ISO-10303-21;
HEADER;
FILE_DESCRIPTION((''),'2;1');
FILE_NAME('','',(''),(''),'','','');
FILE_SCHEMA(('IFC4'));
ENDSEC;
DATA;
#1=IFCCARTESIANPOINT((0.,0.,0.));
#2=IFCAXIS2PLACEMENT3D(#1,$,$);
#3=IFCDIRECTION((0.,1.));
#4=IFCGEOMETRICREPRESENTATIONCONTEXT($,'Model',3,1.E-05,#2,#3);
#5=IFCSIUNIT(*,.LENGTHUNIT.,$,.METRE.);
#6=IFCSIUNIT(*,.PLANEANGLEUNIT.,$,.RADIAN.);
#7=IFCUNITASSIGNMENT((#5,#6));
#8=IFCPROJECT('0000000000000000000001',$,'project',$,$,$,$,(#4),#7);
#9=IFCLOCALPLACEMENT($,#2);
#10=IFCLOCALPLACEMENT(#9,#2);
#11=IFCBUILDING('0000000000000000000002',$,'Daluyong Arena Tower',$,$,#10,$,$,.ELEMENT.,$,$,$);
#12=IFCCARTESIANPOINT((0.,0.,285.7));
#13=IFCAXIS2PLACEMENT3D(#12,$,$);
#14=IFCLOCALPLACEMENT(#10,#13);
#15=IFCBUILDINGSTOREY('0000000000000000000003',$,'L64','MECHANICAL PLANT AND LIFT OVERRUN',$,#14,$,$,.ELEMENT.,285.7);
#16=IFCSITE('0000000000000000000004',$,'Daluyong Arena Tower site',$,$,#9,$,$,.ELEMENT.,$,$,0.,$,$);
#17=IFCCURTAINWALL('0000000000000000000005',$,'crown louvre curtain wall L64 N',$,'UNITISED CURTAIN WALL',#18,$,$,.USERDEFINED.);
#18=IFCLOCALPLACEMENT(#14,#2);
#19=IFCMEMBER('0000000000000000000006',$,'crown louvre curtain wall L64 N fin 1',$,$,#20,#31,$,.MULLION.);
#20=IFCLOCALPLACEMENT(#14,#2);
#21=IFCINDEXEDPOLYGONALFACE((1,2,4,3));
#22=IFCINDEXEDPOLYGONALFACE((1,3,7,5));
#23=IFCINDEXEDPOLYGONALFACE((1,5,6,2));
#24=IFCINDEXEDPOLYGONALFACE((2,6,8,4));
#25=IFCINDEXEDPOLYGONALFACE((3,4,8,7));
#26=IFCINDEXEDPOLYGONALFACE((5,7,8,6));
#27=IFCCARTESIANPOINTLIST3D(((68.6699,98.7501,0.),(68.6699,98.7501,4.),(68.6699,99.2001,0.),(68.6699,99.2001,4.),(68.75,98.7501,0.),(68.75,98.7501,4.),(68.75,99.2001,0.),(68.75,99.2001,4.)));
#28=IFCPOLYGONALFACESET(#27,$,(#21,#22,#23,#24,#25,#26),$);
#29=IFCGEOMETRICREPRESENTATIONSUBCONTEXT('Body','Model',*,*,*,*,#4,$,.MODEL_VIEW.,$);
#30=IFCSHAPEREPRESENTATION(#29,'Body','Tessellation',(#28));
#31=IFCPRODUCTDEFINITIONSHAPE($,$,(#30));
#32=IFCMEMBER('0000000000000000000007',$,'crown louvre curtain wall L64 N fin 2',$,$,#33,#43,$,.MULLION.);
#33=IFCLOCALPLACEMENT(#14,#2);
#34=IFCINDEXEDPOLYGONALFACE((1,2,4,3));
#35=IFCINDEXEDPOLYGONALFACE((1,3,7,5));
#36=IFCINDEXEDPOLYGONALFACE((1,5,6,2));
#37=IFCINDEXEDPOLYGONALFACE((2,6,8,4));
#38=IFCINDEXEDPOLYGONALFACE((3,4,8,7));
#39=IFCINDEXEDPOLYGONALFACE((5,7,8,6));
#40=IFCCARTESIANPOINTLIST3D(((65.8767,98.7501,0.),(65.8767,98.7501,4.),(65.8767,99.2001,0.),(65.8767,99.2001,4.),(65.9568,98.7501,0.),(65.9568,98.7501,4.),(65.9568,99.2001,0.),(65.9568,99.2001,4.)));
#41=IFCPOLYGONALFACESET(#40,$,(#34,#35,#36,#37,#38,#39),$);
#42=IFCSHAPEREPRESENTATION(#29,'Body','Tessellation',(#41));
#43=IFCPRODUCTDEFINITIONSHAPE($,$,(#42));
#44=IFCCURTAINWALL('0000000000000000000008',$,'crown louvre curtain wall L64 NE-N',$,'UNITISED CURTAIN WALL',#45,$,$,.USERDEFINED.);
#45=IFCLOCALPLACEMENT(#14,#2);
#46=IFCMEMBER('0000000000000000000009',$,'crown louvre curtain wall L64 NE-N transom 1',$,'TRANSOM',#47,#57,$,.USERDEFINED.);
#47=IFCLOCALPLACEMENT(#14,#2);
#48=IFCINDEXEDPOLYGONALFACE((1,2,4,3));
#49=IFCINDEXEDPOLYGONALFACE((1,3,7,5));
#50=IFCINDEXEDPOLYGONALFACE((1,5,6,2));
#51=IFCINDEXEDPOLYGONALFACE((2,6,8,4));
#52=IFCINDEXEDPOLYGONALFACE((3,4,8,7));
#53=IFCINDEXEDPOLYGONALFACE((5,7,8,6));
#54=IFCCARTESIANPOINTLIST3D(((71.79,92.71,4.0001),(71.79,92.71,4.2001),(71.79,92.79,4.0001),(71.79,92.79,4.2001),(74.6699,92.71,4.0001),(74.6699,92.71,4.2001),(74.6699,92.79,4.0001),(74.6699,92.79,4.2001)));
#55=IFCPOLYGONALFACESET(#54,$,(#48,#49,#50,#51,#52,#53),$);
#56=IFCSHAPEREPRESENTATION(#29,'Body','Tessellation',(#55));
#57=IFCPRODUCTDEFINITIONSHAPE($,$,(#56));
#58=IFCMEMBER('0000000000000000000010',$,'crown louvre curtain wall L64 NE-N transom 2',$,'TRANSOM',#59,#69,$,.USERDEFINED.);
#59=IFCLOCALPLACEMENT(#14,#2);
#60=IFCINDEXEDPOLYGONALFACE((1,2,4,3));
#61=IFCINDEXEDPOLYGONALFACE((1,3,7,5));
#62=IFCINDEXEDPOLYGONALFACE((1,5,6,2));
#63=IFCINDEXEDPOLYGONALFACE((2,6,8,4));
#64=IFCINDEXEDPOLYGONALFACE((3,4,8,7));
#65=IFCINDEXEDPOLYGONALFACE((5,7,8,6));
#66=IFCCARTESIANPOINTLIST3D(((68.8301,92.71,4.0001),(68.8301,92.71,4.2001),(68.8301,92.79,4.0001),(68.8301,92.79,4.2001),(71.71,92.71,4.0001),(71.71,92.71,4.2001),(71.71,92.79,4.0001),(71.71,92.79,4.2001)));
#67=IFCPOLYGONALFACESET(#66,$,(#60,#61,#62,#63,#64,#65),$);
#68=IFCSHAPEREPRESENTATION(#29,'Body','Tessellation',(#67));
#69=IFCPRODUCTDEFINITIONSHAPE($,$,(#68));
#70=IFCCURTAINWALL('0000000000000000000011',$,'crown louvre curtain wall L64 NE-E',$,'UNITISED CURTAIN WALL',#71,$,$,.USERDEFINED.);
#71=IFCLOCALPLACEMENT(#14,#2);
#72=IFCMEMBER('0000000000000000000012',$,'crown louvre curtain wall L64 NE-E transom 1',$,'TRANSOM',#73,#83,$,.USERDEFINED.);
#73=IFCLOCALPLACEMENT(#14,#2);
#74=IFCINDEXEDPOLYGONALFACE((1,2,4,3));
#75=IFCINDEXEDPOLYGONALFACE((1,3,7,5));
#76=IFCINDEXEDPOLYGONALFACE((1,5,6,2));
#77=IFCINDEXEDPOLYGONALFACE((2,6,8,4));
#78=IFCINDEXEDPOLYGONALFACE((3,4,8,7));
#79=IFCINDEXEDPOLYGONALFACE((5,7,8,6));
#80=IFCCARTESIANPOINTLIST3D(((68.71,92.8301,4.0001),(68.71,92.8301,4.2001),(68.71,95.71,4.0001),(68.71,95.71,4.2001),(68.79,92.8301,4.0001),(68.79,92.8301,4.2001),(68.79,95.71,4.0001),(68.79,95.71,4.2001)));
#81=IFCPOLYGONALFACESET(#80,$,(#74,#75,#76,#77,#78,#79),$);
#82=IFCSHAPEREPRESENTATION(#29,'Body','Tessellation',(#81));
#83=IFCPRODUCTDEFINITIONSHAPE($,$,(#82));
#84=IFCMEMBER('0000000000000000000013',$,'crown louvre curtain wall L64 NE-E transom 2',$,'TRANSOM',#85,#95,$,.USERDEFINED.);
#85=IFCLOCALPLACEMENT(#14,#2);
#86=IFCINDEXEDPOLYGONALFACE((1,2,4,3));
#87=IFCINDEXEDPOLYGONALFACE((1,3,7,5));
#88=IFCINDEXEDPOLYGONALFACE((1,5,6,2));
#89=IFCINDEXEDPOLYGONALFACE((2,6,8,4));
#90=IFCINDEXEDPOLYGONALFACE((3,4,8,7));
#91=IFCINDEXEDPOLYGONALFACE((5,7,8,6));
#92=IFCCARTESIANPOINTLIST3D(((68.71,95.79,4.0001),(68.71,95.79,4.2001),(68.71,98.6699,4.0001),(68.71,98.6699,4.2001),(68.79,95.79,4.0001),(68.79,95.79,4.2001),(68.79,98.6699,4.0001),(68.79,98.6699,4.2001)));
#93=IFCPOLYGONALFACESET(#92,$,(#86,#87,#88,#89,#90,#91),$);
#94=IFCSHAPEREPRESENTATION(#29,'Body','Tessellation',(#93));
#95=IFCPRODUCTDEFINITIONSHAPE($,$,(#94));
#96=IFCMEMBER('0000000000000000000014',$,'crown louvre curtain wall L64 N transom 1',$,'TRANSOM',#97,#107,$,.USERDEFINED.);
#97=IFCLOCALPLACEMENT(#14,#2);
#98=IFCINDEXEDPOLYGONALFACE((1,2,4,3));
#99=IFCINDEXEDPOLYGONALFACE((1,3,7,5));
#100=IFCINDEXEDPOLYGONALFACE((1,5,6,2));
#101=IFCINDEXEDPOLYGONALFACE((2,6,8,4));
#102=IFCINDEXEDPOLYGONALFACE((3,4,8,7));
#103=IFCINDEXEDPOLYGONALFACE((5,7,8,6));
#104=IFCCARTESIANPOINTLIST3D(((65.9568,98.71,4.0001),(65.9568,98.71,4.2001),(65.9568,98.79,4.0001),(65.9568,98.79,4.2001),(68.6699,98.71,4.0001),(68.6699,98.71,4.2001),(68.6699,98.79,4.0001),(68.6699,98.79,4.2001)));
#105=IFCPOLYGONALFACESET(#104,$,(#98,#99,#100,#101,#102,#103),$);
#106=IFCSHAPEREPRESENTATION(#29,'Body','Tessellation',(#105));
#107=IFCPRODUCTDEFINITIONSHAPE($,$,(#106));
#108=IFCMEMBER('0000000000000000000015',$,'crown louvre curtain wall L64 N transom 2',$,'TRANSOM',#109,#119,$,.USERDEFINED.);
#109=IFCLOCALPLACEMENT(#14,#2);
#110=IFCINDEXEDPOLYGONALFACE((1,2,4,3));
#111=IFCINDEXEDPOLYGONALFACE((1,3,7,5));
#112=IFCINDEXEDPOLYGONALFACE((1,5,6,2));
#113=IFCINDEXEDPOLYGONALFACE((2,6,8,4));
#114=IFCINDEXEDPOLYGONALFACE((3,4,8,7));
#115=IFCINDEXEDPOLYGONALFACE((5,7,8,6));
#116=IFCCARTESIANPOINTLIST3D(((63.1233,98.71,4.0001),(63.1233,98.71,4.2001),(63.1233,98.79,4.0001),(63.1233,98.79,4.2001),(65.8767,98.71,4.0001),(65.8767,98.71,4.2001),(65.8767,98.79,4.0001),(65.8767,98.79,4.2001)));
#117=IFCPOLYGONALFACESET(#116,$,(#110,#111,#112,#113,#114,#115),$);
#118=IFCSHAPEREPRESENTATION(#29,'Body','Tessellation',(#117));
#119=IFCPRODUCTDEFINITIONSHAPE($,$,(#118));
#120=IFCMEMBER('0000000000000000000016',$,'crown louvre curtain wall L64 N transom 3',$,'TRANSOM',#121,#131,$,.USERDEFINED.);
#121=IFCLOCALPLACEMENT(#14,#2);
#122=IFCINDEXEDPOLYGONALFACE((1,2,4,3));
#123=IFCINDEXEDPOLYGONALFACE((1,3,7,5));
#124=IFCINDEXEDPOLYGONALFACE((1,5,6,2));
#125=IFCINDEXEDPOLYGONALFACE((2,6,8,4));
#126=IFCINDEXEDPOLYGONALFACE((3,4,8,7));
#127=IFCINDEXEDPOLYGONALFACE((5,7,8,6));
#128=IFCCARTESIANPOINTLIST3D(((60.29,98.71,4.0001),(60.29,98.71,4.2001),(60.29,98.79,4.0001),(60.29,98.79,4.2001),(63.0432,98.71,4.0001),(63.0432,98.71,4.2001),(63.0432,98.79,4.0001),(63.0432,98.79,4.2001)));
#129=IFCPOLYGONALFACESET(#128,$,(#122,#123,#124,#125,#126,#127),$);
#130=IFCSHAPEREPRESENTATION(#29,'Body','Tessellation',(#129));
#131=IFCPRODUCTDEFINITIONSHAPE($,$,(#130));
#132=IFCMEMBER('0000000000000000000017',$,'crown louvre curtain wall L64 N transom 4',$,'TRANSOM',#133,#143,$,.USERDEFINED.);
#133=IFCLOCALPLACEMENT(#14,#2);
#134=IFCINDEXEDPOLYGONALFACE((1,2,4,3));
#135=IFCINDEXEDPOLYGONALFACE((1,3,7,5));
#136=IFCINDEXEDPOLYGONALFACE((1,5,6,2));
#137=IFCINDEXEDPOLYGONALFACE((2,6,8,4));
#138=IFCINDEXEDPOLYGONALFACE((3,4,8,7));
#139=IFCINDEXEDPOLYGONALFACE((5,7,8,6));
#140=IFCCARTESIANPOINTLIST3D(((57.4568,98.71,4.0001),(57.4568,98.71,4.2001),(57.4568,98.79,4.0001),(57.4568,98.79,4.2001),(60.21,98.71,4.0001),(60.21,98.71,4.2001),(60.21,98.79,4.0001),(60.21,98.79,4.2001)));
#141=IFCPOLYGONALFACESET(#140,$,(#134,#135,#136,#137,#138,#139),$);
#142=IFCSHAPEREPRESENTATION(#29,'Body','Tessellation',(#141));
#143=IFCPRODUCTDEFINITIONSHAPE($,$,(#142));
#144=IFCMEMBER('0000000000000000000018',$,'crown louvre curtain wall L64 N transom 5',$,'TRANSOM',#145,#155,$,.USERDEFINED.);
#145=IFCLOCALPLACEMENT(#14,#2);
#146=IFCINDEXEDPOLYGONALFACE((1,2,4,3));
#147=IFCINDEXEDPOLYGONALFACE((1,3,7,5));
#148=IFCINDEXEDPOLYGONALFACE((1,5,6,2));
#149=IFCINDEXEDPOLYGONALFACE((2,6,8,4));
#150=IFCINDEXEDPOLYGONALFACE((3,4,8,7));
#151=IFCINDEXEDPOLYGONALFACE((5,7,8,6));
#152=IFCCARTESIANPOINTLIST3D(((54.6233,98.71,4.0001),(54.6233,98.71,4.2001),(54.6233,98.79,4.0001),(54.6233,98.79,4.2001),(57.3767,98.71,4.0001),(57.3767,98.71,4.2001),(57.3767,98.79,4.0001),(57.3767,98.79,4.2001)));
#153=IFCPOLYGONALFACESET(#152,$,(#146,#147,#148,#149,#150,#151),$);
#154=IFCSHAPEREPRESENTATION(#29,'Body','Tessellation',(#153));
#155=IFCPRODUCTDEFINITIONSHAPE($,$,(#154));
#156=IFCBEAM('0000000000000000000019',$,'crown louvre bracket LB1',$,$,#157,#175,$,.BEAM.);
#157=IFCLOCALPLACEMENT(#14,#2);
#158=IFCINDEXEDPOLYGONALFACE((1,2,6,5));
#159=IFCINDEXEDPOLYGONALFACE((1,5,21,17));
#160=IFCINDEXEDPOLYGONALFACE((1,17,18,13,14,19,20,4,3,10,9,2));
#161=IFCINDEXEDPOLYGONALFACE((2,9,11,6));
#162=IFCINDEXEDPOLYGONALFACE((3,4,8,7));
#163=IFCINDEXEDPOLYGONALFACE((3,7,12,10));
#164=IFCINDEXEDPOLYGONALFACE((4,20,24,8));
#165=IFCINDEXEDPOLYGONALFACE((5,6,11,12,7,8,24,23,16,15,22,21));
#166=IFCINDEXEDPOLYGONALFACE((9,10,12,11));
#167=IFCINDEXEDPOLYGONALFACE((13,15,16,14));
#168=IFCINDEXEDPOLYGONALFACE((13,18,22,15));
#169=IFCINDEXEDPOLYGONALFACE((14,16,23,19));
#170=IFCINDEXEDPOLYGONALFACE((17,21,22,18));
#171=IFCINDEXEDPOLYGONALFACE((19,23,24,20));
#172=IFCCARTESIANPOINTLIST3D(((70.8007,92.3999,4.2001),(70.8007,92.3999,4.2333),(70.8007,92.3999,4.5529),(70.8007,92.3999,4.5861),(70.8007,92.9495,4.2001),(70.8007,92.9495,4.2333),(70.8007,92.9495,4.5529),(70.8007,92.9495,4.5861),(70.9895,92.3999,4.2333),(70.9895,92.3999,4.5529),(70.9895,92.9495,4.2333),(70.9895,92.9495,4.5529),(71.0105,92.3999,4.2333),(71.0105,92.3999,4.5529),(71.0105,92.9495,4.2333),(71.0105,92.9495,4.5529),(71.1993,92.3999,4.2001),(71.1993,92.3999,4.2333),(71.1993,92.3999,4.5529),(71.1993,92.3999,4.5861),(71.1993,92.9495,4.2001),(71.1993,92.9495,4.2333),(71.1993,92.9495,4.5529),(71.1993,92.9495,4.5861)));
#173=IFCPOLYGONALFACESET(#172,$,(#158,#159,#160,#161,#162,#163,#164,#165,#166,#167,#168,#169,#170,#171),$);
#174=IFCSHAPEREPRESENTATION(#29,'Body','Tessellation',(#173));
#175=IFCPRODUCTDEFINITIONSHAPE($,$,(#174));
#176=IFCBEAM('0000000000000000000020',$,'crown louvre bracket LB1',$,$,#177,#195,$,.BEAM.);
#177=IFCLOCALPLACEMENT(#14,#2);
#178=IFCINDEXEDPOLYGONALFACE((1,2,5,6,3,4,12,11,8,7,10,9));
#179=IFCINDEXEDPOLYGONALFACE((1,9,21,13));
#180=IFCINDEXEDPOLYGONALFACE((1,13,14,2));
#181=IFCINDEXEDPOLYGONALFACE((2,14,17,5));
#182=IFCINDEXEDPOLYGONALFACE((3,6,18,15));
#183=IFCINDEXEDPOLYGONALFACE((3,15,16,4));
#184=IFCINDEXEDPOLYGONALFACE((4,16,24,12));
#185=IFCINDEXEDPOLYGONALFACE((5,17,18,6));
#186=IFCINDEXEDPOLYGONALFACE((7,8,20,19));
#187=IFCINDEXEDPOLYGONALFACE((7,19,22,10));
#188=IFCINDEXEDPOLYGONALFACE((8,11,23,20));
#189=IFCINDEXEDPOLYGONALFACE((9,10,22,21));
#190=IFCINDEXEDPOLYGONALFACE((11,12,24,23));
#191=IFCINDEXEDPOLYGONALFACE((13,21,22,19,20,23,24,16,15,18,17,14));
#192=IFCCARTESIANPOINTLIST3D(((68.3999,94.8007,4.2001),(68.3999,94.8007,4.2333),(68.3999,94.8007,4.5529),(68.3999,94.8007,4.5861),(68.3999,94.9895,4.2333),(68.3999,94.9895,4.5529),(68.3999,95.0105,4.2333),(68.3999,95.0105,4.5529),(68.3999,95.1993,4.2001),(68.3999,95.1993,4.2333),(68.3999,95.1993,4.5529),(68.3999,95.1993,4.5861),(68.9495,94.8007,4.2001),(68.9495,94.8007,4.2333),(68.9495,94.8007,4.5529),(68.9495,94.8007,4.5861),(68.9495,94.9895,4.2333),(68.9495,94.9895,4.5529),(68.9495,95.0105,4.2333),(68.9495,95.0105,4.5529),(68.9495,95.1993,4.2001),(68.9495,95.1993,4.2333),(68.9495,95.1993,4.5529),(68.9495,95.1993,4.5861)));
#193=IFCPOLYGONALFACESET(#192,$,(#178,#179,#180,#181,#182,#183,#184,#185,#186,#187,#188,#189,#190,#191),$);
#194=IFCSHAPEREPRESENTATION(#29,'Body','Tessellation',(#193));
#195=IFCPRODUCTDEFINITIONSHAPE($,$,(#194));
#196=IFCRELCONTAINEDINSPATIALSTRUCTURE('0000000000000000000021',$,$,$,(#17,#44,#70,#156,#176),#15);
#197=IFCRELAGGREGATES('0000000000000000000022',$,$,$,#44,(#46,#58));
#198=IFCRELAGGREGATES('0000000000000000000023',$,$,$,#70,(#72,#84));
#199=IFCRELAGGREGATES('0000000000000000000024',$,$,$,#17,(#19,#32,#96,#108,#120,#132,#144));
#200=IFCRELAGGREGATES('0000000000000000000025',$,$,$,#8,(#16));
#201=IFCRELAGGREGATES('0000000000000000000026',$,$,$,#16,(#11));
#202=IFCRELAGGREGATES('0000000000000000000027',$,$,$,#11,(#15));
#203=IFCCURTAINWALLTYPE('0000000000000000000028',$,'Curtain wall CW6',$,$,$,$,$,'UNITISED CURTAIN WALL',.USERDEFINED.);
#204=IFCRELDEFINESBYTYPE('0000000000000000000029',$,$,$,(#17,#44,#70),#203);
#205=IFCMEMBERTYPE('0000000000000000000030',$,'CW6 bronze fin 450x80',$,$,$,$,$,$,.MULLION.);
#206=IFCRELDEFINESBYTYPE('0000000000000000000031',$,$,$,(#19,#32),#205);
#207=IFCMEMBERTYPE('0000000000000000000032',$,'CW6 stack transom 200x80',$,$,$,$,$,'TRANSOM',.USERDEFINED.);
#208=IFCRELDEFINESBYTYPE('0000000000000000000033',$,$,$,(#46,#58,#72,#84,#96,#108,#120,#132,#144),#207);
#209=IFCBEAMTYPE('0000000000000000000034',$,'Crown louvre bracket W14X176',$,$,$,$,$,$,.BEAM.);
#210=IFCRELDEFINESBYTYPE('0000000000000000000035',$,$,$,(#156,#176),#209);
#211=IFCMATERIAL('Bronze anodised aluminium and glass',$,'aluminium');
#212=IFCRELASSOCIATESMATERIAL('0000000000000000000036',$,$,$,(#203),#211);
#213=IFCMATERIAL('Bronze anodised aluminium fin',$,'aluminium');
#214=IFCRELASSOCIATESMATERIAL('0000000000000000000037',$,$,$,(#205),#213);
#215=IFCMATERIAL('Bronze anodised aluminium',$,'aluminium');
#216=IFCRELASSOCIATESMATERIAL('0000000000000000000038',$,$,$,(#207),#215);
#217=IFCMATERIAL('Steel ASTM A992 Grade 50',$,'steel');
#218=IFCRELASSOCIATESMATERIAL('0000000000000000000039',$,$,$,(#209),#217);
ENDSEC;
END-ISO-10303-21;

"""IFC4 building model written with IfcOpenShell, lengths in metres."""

from ifc_helpers import new_model, si_unit, direction, frame, origin, origin_2d, place, context, subcontext, project, spatial, rectangle, i_section, extrude, material, material_profile, profile_set, type_object, element, aggregate, save


model = new_model("IFC4")

# Units and contexts
model_context = context("Model", 3, precision=1e-05, world=origin(), true_north=direction((0.0, 1.0)))
body_context = subcontext(model_context, "Body", "Model", "MODEL_VIEW")
ifc_project = project(units=[si_unit("LENGTHUNIT", "METRE"), si_unit("PLANEANGLEUNIT", "RADIAN")], contexts=[model_context])

# Site, building, storey
site_placement = place(None, origin())
site = spatial("IfcSite", under=ifc_project, at=site_placement, Name="Daluyong Arena Tower site", CompositionType="ELEMENT", RefElevation=0.0)
building_placement = place(site_placement, origin())
building = spatial("IfcBuilding", under=site, at=building_placement, Name="Daluyong Arena Tower", CompositionType="ELEMENT")
storey_placement = place(building_placement, frame((0.0, 0.0, 285.7)))
storey = spatial("IfcBuildingStorey", under=building, at=storey_placement, Name="L64", Description="MECHANICAL PLANT AND LIFT OVERRUN", CompositionType="ELEMENT", Elevation=285.7)

# Curtain walls, members
ifc_material_1 = material(Name="Bronze anodised aluminium and glass", Category="aluminium")
curtain_wall_type = type_object("IfcCurtainWallType", Name="Curtain wall CW6", ElementType="UNITISED CURTAIN WALL", PredefinedType="USERDEFINED", material=ifc_material_1)
curtain_wall_1_placement = place(storey_placement, origin())
curtain_wall_1 = element("IfcCurtainWall", 1, at=curtain_wall_1_placement, inside=storey, type_object=curtain_wall_type, Name="crown louvre curtain wall L64 N", ObjectType="UNITISED CURTAIN WALL", PredefinedType="USERDEFINED")
ifc_material_2 = material(Name="Bronze anodised aluminium fin", Category="aluminium")
ifc_material_profile_1 = material_profile(ifc_material_2, rectangle(XDim=0.45, YDim=0.0801, at=origin_2d()))
ifc_profile_set_1 = profile_set([ifc_material_profile_1], Name="Bronze anodised aluminium fin")
member_type_1 = type_object("IfcMemberType", Name="CW6 bronze fin 450x80", PredefinedType="MULLION", material=ifc_profile_set_1)
member_1_placement = place(storey_placement, frame((68.71, 98.9751, 0.0), z_axis=(0.0, 0.0, 1.0), x_axis=(0.0, -1.0, 0.0)))
member_1 = element("IfcMember", 2, at=member_1_placement, type_object=member_type_1, Name="crown louvre curtain wall L64 N fin 1", PredefinedType="MULLION", context=body_context, shape_type="SweptSolid", body=[
    extrude(rectangle(XDim=0.45, YDim=0.0801, at=origin_2d()), origin(), (0.0, 0.0, 1.0), 4.0),
])
member_2_placement = place(storey_placement, frame((65.9167, 98.9751, 0.0), z_axis=(0.0, 0.0, 1.0), x_axis=(0.0, -1.0, 0.0)))
member_2 = element("IfcMember", 3, at=member_2_placement, type_object=member_type_1, Name="crown louvre curtain wall L64 N fin 2", PredefinedType="MULLION", context=body_context, shape_type="SweptSolid", body=[
    extrude(rectangle(XDim=0.45, YDim=0.0801, at=origin_2d()), origin(), (0.0, 0.0, 1.0), 4.0),
])
curtain_wall_2_placement = place(storey_placement, origin())
curtain_wall_2 = element("IfcCurtainWall", 4, at=curtain_wall_2_placement, inside=storey, type_object=curtain_wall_type, Name="crown louvre curtain wall L64 NE-N", ObjectType="UNITISED CURTAIN WALL", PredefinedType="USERDEFINED")
ifc_material_3 = material(Name="Bronze anodised aluminium", Category="aluminium")
ifc_material_profile_2 = material_profile(ifc_material_3, rectangle(XDim=0.0801, YDim=0.2, at=origin_2d()))
ifc_profile_set_2 = profile_set([ifc_material_profile_2], Name="Bronze anodised aluminium")
member_type_2 = type_object("IfcMemberType", Name="CW6 stack transom 200x80", ElementType="TRANSOM", PredefinedType="USERDEFINED", material=ifc_profile_set_2)
member_3_placement = place(storey_placement, frame((74.6699, 92.75, 4.1001), z_axis=(-1.0, 0.0, 0.0), x_axis=(0.0, -1.0, 0.0)))
member_3 = element("IfcMember", 5, at=member_3_placement, type_object=member_type_2, Name="crown louvre curtain wall L64 NE-N transom 1", ObjectType="TRANSOM", PredefinedType="USERDEFINED", context=body_context, shape_type="SweptSolid", body=[
    extrude(rectangle(XDim=0.0801, YDim=0.2, at=origin_2d()), origin(), (0.0, 0.0, 1.0), 2.8799),
])
member_4_placement = place(storey_placement, frame((71.71, 92.75, 4.1001), z_axis=(-1.0, 0.0, 0.0), x_axis=(0.0, -1.0, 0.0)))
member_4 = element("IfcMember", 6, at=member_4_placement, type_object=member_type_2, Name="crown louvre curtain wall L64 NE-N transom 2", ObjectType="TRANSOM", PredefinedType="USERDEFINED", context=body_context, shape_type="SweptSolid", body=[
    extrude(rectangle(XDim=0.0801, YDim=0.2, at=origin_2d()), origin(), (0.0, 0.0, 1.0), 2.8799),
])
aggregate(curtain_wall_2, [member_3, member_4])
curtain_wall_3_placement = place(storey_placement, origin())
curtain_wall_3 = element("IfcCurtainWall", 7, at=curtain_wall_3_placement, inside=storey, type_object=curtain_wall_type, Name="crown louvre curtain wall L64 NE-E", ObjectType="UNITISED CURTAIN WALL", PredefinedType="USERDEFINED")
member_5_placement = place(storey_placement, frame((68.75, 92.8301, 4.1001), z_axis=(0.0, 1.0, 0.0), x_axis=(-1.0, 0.0, 0.0)))
member_5 = element("IfcMember", 8, at=member_5_placement, type_object=member_type_2, Name="crown louvre curtain wall L64 NE-E transom 1", ObjectType="TRANSOM", PredefinedType="USERDEFINED", context=body_context, shape_type="SweptSolid", body=[
    extrude(rectangle(XDim=0.0801, YDim=0.2, at=origin_2d()), origin(), (0.0, 0.0, 1.0), 2.8799),
])
member_6_placement = place(storey_placement, frame((68.75, 95.79, 4.1001), z_axis=(0.0, 1.0, 0.0), x_axis=(-1.0, 0.0, 0.0)))
member_6 = element("IfcMember", 9, at=member_6_placement, type_object=member_type_2, Name="crown louvre curtain wall L64 NE-E transom 2", ObjectType="TRANSOM", PredefinedType="USERDEFINED", context=body_context, shape_type="SweptSolid", body=[
    extrude(rectangle(XDim=0.0801, YDim=0.2, at=origin_2d()), origin(), (0.0, 0.0, 1.0), 2.8799),
])
aggregate(curtain_wall_3, [member_5, member_6])

# Members
member_7_placement = place(storey_placement, frame((68.6699, 98.75, 4.1001), z_axis=(-1.0, 0.0, 0.0), x_axis=(0.0, -1.0, 0.0)))
member_7 = element("IfcMember", 10, at=member_7_placement, type_object=member_type_2, Name="crown louvre curtain wall L64 N transom 1", ObjectType="TRANSOM", PredefinedType="USERDEFINED", context=body_context, shape_type="SweptSolid", body=[
    extrude(rectangle(XDim=0.0801, YDim=0.2, at=origin_2d()), origin(), (0.0, 0.0, 1.0), 2.7131),
])
member_8_placement = place(storey_placement, frame((65.8767, 98.75, 4.1001), z_axis=(-1.0, 0.0, 0.0), x_axis=(0.0, -1.0, 0.0)))
member_8 = element("IfcMember", 11, at=member_8_placement, type_object=member_type_2, Name="crown louvre curtain wall L64 N transom 2", ObjectType="TRANSOM", PredefinedType="USERDEFINED", context=body_context, shape_type="SweptSolid", body=[
    extrude(rectangle(XDim=0.0801, YDim=0.2, at=origin_2d()), origin(), (0.0, 0.0, 1.0), 2.7534),
])
member_9_placement = place(storey_placement, frame((63.0432, 98.75, 4.1001), z_axis=(-1.0, 0.0, 0.0), x_axis=(0.0, -1.0, 0.0)))
member_9 = element("IfcMember", 12, at=member_9_placement, type_object=member_type_2, Name="crown louvre curtain wall L64 N transom 3", ObjectType="TRANSOM", PredefinedType="USERDEFINED", context=body_context, shape_type="SweptSolid", body=[
    extrude(rectangle(XDim=0.0801, YDim=0.2, at=origin_2d()), origin(), (0.0, 0.0, 1.0), 2.7532),
])
member_10_placement = place(storey_placement, frame((60.21, 98.75, 4.1001), z_axis=(-1.0, 0.0, 0.0), x_axis=(0.0, -1.0, 0.0)))
member_10 = element("IfcMember", 13, at=member_10_placement, type_object=member_type_2, Name="crown louvre curtain wall L64 N transom 4", ObjectType="TRANSOM", PredefinedType="USERDEFINED", context=body_context, shape_type="SweptSolid", body=[
    extrude(rectangle(XDim=0.0801, YDim=0.2, at=origin_2d()), origin(), (0.0, 0.0, 1.0), 2.7532),
])
member_11_placement = place(storey_placement, frame((57.3767, 98.75, 4.1001), z_axis=(-1.0, 0.0, 0.0), x_axis=(0.0, -1.0, 0.0)))
member_11 = element("IfcMember", 14, at=member_11_placement, type_object=member_type_2, Name="crown louvre curtain wall L64 N transom 5", ObjectType="TRANSOM", PredefinedType="USERDEFINED", context=body_context, shape_type="SweptSolid", body=[
    extrude(rectangle(XDim=0.0801, YDim=0.2, at=origin_2d()), origin(), (0.0, 0.0, 1.0), 2.7534),
])
aggregate(curtain_wall_1, [member_1, member_2, member_7, member_8, member_9, member_10, member_11])

# Beams
ifc_material_4 = material(Name="Steel ASTM A992 Grade 50", Category="steel")
ifc_material_profile_3 = material_profile(ifc_material_4, i_section(OverallWidth=0.3987, OverallDepth=0.386, WebThickness=0.021, FlangeThickness=0.0332, at=origin_2d()))
ifc_profile_set_3 = profile_set([ifc_material_profile_3], Name="Steel ASTM A992 Grade 50")
beam_type_1 = type_object("IfcBeamType", Name="Crown louvre bracket W14X176", PredefinedType="BEAM", material=ifc_profile_set_3)
for number, where, z_axis, x_axis, name in (
    (15, (71.0, 92.3999, 4.3931), (0.0, 1.0, 0.0), (-1.0, 0.0, 0.0), "crown louvre bracket LB1"),
    (16, (68.3999, 95.0, 4.3931), (1.0, 0.0, 0.0), (0.0, 1.0, 0.0), "crown louvre bracket LB1"),
):
    element("IfcBeam", number, at=place(storey_placement, frame(where, z_axis=z_axis, x_axis=x_axis)), inside=storey, type_object=beam_type_1, Name=name, PredefinedType="BEAM", context=body_context, shape_type="SweptSolid", body=[
        extrude(i_section(OverallWidth=0.3987, OverallDepth=0.386, WebThickness=0.021, FlangeThickness=0.0332, at=origin_2d()), origin(), (0.0, 0.0, 1.0), 0.5496),
    ])

save(model, "model.ifc")
